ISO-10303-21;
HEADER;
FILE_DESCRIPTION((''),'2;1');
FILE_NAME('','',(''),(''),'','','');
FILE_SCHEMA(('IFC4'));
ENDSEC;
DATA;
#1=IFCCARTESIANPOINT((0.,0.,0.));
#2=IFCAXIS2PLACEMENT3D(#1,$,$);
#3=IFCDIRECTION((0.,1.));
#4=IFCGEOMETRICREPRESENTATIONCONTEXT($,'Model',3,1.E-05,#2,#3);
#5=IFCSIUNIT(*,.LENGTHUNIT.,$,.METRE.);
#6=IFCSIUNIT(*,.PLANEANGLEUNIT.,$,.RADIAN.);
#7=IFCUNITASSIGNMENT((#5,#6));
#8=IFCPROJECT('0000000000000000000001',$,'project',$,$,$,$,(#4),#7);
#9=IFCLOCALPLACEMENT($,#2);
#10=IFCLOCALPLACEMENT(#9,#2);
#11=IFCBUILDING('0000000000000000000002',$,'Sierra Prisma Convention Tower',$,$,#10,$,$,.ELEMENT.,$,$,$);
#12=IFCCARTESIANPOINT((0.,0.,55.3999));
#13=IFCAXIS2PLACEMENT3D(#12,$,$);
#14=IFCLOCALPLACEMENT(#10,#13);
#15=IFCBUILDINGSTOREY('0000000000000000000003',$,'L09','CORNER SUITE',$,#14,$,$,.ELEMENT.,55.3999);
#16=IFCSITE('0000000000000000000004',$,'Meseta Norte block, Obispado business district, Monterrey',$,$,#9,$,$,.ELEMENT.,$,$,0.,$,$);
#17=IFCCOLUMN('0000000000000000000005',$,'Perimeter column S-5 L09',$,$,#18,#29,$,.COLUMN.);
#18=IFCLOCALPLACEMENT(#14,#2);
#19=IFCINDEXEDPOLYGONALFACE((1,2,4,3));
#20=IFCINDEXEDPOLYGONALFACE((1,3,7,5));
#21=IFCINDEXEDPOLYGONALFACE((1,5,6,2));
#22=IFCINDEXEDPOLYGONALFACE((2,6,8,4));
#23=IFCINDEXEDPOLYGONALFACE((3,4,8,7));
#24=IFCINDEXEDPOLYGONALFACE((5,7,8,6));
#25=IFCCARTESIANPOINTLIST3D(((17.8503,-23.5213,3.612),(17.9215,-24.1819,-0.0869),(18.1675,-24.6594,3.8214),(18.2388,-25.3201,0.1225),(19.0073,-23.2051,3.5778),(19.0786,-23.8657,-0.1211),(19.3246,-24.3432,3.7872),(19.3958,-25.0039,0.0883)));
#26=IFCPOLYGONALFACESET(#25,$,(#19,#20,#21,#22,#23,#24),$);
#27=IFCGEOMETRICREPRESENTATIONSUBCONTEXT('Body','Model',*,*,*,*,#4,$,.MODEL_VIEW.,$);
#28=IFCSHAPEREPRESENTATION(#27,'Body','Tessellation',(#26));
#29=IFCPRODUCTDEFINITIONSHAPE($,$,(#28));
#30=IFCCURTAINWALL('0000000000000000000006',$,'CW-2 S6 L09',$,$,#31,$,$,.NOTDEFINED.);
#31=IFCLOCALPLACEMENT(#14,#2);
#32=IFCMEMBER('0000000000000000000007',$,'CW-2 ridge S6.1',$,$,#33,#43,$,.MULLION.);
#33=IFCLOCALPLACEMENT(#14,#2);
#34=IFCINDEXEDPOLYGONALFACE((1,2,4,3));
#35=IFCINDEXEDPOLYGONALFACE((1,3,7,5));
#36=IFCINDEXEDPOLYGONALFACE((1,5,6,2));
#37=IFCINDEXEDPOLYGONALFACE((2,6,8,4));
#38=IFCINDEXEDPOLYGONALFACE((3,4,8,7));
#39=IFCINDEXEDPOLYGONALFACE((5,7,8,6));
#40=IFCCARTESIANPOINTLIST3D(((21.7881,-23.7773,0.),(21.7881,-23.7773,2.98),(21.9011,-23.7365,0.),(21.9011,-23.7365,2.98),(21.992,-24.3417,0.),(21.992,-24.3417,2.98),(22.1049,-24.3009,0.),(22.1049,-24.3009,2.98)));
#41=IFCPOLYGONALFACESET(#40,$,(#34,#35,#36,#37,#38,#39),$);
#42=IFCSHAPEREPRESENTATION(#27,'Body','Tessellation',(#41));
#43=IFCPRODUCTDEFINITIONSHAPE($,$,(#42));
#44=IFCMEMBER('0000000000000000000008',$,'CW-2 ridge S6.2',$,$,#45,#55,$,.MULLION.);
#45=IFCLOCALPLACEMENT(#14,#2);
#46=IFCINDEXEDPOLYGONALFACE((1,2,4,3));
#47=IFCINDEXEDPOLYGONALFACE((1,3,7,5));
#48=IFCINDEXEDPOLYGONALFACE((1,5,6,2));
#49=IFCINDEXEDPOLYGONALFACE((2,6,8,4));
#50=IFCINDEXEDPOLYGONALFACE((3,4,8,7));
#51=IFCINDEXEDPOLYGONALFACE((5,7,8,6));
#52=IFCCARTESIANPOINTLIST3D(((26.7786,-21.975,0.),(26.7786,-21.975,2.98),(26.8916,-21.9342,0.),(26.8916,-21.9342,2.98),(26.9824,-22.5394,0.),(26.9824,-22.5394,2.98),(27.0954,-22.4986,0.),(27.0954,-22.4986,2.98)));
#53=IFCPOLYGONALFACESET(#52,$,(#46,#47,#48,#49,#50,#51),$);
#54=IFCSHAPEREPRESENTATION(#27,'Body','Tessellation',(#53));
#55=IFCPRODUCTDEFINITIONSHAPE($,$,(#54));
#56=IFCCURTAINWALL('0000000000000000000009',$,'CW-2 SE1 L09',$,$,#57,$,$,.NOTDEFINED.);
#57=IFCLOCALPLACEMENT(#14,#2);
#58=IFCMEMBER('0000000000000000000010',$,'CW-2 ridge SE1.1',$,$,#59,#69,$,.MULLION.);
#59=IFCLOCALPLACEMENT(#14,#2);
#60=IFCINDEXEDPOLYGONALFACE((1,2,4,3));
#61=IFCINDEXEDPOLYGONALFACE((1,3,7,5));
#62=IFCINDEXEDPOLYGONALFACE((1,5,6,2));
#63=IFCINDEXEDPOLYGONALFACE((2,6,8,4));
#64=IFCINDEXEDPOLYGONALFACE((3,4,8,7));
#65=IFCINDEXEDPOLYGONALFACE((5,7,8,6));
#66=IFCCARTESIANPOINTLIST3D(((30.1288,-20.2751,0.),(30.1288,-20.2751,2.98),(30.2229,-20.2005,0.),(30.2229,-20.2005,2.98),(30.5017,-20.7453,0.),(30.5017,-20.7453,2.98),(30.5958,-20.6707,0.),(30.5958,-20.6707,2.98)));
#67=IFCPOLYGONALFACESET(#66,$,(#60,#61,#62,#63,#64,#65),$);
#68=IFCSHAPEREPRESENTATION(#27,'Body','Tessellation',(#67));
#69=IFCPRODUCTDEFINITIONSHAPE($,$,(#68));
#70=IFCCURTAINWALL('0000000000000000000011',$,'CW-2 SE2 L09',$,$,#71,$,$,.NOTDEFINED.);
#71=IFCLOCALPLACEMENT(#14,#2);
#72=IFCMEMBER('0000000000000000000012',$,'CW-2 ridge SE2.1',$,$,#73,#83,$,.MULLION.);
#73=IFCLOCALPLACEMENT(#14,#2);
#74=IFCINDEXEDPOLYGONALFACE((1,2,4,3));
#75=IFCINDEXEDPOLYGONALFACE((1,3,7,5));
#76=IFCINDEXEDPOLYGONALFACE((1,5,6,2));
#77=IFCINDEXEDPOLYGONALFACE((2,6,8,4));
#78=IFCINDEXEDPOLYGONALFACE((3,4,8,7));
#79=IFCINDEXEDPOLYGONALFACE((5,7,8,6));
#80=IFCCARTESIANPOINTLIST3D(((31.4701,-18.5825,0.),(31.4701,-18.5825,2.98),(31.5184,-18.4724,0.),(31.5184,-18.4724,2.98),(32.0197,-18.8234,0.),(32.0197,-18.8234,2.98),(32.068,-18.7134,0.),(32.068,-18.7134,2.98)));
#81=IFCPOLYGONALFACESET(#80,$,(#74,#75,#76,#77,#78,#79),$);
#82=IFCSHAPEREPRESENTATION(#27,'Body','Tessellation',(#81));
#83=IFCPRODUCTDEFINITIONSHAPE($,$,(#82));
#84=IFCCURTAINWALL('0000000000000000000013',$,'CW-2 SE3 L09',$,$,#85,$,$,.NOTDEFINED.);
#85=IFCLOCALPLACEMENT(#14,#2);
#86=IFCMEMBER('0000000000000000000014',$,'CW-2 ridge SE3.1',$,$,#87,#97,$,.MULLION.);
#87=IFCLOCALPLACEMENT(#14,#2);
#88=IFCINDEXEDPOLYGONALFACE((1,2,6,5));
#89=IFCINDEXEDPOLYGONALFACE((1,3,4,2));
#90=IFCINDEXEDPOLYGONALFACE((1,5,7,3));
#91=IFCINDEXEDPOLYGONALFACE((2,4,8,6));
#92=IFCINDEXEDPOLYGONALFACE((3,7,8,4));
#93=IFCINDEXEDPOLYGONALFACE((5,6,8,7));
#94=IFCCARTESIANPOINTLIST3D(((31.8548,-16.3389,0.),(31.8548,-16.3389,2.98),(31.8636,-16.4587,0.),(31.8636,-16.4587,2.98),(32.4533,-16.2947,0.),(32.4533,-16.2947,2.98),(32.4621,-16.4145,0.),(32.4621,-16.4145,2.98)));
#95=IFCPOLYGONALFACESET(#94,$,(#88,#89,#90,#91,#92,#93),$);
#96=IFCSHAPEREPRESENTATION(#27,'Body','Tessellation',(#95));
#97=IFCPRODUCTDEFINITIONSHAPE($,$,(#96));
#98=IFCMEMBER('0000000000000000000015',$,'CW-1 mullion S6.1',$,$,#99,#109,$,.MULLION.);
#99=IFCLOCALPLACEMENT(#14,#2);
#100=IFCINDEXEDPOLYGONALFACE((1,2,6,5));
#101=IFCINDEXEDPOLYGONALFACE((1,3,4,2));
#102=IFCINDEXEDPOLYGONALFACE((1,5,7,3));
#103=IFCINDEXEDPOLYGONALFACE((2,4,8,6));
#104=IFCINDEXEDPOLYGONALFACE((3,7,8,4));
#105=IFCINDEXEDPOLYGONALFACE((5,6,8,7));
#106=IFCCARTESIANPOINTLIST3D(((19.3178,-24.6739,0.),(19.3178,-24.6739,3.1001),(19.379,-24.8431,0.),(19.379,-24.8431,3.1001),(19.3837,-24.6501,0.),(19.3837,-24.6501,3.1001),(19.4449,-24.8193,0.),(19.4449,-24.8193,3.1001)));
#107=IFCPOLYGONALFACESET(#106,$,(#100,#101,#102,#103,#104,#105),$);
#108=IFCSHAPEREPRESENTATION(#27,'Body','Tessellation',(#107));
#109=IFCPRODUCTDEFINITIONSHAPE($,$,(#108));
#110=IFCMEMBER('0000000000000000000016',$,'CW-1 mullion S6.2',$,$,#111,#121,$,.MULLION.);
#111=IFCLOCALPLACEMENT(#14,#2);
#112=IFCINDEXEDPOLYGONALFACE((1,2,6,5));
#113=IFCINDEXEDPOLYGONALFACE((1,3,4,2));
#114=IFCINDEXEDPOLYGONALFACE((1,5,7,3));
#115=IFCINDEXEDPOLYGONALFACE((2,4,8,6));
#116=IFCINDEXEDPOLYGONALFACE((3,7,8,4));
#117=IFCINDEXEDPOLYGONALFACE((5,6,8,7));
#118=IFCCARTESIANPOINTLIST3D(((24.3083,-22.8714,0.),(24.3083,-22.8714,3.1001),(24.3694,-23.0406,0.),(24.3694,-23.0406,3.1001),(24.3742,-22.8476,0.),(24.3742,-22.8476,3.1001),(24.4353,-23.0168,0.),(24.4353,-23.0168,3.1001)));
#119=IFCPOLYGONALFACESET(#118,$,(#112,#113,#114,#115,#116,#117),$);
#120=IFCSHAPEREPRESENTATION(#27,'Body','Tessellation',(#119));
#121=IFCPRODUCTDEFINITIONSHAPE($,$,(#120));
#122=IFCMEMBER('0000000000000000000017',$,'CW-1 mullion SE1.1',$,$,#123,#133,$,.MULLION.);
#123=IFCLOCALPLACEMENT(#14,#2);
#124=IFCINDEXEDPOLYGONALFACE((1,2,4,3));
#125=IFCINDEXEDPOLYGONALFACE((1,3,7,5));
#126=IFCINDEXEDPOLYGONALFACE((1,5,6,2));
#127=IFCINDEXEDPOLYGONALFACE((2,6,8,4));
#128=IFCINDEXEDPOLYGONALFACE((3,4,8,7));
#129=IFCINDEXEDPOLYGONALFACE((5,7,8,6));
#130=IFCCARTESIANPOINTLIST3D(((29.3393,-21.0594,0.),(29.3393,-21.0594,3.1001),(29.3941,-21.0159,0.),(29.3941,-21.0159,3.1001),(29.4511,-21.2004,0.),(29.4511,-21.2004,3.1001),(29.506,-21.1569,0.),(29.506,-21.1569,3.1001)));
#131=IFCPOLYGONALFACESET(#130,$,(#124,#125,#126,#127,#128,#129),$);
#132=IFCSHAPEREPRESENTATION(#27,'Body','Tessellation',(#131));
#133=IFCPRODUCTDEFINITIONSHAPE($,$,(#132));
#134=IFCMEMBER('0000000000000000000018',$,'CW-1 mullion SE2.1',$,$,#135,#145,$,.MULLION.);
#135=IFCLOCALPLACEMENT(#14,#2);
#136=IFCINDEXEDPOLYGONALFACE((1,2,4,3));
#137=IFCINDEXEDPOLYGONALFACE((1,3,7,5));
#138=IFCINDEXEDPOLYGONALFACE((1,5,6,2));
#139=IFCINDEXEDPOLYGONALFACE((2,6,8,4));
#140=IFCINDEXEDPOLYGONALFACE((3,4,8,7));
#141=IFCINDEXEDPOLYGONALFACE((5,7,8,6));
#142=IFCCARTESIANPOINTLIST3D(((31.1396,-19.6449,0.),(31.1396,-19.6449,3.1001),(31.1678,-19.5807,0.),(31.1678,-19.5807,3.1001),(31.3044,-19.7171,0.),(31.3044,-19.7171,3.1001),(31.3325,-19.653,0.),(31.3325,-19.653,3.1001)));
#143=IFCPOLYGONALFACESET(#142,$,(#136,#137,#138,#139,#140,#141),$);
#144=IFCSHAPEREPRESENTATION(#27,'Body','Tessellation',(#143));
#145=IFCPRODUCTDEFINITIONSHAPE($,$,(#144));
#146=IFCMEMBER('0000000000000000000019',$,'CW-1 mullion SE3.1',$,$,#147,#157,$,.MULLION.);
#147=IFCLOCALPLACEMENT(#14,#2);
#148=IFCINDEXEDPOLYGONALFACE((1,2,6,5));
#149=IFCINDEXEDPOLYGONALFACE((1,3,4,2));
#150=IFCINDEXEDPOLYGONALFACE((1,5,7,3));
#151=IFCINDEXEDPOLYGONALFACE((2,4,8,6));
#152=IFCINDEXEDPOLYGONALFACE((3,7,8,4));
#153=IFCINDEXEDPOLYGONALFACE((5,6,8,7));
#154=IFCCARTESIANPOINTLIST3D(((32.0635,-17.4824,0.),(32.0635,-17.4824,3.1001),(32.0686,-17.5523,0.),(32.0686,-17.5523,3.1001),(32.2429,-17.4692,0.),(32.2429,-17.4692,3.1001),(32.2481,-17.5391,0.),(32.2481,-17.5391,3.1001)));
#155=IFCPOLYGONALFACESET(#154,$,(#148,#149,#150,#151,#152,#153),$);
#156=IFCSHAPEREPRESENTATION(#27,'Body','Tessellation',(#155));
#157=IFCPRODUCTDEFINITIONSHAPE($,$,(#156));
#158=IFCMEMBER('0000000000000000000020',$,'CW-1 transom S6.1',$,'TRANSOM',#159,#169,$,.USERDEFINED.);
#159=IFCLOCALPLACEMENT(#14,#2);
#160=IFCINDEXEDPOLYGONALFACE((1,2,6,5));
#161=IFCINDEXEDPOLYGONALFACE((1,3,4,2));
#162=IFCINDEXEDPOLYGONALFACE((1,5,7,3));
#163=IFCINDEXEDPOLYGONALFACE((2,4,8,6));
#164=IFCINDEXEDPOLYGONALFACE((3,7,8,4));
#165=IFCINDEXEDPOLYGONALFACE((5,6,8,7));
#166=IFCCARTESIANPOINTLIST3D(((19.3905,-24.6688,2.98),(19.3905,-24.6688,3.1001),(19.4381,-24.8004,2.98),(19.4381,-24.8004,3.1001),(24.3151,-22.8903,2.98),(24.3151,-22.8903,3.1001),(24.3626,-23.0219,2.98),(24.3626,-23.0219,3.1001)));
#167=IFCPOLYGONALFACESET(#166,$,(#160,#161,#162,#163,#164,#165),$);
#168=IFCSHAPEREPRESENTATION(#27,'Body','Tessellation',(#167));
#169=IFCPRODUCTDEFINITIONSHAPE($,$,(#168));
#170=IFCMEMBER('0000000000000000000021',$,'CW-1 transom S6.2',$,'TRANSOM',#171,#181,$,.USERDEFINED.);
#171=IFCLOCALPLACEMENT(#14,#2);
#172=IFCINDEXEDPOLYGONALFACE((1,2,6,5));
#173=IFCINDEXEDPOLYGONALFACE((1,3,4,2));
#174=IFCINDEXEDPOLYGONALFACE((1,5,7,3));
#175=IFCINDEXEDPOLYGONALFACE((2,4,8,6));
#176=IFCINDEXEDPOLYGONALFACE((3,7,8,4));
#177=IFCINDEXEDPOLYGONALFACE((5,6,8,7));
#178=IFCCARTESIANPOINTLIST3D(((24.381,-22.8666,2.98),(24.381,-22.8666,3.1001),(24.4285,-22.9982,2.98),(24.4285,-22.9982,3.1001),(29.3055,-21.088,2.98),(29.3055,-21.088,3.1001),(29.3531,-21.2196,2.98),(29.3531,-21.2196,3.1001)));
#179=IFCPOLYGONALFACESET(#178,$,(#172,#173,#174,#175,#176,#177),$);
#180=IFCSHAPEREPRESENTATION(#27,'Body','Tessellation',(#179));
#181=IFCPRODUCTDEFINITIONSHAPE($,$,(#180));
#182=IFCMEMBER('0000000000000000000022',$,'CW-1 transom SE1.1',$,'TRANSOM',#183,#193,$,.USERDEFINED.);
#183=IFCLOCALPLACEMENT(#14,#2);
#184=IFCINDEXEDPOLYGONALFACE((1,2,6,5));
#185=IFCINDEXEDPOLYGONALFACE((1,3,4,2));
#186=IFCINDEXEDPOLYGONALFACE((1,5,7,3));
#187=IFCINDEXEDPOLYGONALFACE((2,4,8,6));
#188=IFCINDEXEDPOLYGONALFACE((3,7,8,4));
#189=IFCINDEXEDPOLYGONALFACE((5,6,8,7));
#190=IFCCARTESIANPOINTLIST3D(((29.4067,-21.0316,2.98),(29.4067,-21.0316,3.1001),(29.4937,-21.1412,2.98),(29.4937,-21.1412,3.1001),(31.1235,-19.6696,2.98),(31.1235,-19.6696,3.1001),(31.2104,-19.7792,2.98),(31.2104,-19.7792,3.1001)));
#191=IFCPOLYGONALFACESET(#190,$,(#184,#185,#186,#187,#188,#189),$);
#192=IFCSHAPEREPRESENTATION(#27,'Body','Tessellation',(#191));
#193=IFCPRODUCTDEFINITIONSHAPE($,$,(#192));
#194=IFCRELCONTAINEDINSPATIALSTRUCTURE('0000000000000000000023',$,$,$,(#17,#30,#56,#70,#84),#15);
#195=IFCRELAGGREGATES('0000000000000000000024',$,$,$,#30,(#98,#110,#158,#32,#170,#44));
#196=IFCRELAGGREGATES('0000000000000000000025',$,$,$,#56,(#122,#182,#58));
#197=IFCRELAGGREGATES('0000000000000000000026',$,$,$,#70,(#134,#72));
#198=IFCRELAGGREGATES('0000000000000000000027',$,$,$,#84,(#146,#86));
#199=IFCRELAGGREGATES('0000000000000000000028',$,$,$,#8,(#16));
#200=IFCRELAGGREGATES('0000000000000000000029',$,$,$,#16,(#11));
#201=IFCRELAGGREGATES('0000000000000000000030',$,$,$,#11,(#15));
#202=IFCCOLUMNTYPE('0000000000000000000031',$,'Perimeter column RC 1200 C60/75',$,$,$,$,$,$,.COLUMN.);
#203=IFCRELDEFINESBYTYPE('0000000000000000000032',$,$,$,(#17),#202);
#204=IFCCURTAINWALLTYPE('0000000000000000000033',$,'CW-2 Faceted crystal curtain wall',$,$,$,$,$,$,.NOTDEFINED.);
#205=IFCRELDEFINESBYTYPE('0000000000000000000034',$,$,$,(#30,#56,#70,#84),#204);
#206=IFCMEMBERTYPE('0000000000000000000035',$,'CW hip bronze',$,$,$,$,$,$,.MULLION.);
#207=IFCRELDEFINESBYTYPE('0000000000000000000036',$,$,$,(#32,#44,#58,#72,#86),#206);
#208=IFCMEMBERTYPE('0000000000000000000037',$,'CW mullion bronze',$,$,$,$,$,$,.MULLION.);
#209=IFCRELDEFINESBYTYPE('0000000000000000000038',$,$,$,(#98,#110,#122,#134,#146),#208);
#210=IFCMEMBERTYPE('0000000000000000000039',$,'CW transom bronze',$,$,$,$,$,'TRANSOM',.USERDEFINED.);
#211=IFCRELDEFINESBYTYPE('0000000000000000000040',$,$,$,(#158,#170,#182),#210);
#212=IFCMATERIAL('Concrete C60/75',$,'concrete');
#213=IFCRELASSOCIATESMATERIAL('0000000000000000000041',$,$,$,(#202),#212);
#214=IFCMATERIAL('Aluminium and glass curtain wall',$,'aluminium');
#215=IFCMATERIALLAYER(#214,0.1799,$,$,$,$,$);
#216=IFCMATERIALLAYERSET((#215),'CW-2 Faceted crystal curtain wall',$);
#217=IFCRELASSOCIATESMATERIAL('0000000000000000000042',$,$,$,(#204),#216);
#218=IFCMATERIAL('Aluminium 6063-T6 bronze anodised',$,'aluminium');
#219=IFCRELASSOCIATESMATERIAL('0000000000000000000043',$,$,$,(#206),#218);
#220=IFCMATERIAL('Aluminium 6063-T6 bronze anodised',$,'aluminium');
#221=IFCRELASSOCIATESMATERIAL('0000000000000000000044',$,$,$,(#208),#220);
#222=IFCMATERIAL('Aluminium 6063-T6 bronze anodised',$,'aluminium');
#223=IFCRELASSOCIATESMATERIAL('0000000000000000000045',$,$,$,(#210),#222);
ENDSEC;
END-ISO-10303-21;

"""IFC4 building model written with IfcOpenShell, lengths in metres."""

from ifc_helpers import new_model, si_unit, direction, frame, origin, origin_2d, place, context, subcontext, project, spatial, rectangle, extrude, clip, halfspace, material, layer, layer_set, material_profile, profile_set, type_object, element, aggregate, save


model = new_model("IFC4")

# Units and contexts
model_context = context("Model", 3, precision=1e-05, world=origin(), true_north=direction((0.0, 1.0)))
body_context = subcontext(model_context, "Body", "Model", "MODEL_VIEW")
ifc_project = project(units=[si_unit("LENGTHUNIT", "METRE"), si_unit("PLANEANGLEUNIT", "RADIAN")], contexts=[model_context])

# Site, building, storey
site_placement = place(None, origin())
site = spatial("IfcSite", under=ifc_project, at=site_placement, Name="Meseta Norte block, Obispado business district, Monterrey", CompositionType="ELEMENT", RefElevation=0.0)
building_placement = place(site_placement, origin())
building = spatial("IfcBuilding", under=site, at=building_placement, Name="Sierra Prisma Convention Tower", CompositionType="ELEMENT")
storey_placement = place(building_placement, frame((0.0, 0.0, 55.3999)))
storey = spatial("IfcBuildingStorey", under=building, at=storey_placement, Name="L09", Description="CORNER SUITE", CompositionType="ELEMENT", Elevation=55.3999)

# Column
ifc_material_1 = material(Name="Concrete C60/75", Category="concrete")
ifc_material_profile_1 = material_profile(ifc_material_1, rectangle(XDim=1.2, YDim=1.2, at=origin_2d()), Name="Perimeter column RC 1200 C60/75")
ifc_profile_set_1 = profile_set([ifc_material_profile_1], Name="Concrete C60/75")
column_type = type_object("IfcColumnType", Name="Perimeter column RC 1200 C60/75", PredefinedType="COLUMN", material=ifc_profile_set_1)
column_placement = place(storey_placement, frame((18.6587, -24.593, 0.0), z_axis=(-0.018963, 0.175795, 0.984244), x_axis=(0.964231, 0.263526, -0.028491)))
element("IfcColumn", 1, at=column_placement, inside=storey, type_object=column_type, Name="Perimeter column S-5 L09", PredefinedType="COLUMN", context=body_context, shape_type="SweptSolid", body=[
    clip(clip(extrude(rectangle(XDim=1.2, YDim=1.2, at=origin_2d()), origin(), (0.0, 0.0, 1.0), 3.7595), halfspace(frame((0.0, 0.0, 0.0007)), True)), halfspace(frame((0.0, 0.0, 3.7588)), False)),
])

# Curtain wall, members
ifc_material_2 = material(Name="Aluminium and glass curtain wall", Category="aluminium")
ifc_layer_1 = layer(ifc_material_2, 0.1799)
ifc_layer_set_1 = layer_set([ifc_layer_1], Name="CW-2 Faceted crystal curtain wall")
curtain_wall_type = type_object("IfcCurtainWallType", Name="CW-2 Faceted crystal curtain wall", PredefinedType="NOTDEFINED", material=ifc_layer_set_1)
curtain_wall_1_placement = place(storey_placement, origin())
curtain_wall_1 = element("IfcCurtainWall", 2, at=curtain_wall_1_placement, inside=storey, type_object=curtain_wall_type, Name="CW-2 S6 L09", PredefinedType="NOTDEFINED")
ifc_material_3 = material(Name="Aluminium 6063-T6 bronze anodised", Category="aluminium")
ifc_material_profile_2 = material_profile(ifc_material_3, rectangle(XDim=0.1201, YDim=0.6001, at=origin_2d()), Name="ALU RIDGE BLADE 120x600")
ifc_profile_set_2 = profile_set([ifc_material_profile_2], Name="Aluminium 6063-T6 bronze anodised")
member_type_1 = type_object("IfcMemberType", Name="CW hip bronze", PredefinedType="MULLION", material=ifc_profile_set_2)
member_1_placement = place(storey_placement, frame((21.9465, -24.0391, 0.0), z_axis=(0.0, 0.0, 1.0), x_axis=(0.940538, 0.339689, 0.0)))
member_1 = element("IfcMember", 3, at=member_1_placement, type_object=member_type_1, Name="CW-2 ridge S6.1", PredefinedType="MULLION", context=body_context, shape_type="SweptSolid", body=[
    extrude(rectangle(XDim=0.1201, YDim=0.6001, at=origin_2d()), origin(), (0.0, 0.0, 1.0), 2.98),
])
member_2_placement = place(storey_placement, frame((26.937, -22.2368, 0.0), z_axis=(0.0, 0.0, 1.0), x_axis=(0.940538, 0.339689, 0.0)))
member_2 = element("IfcMember", 4, at=member_2_placement, type_object=member_type_1, Name="CW-2 ridge S6.2", PredefinedType="MULLION", context=body_context, shape_type="SweptSolid", body=[
    extrude(rectangle(XDim=0.1201, YDim=0.6001, at=origin_2d()), origin(), (0.0, 0.0, 1.0), 2.98),
])

# Curtain walls, members
curtain_wall_2_placement = place(storey_placement, origin())
curtain_wall_2 = element("IfcCurtainWall", 5, at=curtain_wall_2_placement, inside=storey, type_object=curtain_wall_type, Name="CW-2 SE1 L09", PredefinedType="NOTDEFINED")
member_3_placement = place(storey_placement, frame((30.3623, -20.4729, 0.0), z_axis=(0.0, 0.0, 1.0), x_axis=(0.783459, 0.621444, 0.0)))
member_3 = element("IfcMember", 6, at=member_3_placement, type_object=member_type_1, Name="CW-2 ridge SE1.1", PredefinedType="MULLION", context=body_context, shape_type="SweptSolid", body=[
    extrude(rectangle(XDim=0.1201, YDim=0.6001, at=origin_2d()), origin(), (0.0, 0.0, 1.0), 2.98),
])
curtain_wall_3_placement = place(storey_placement, origin())
curtain_wall_3 = element("IfcCurtainWall", 7, at=curtain_wall_3_placement, inside=storey, type_object=curtain_wall_type, Name="CW-2 SE2 L09", PredefinedType="NOTDEFINED")
member_4_placement = place(storey_placement, frame((31.769, -18.6479, 0.0), z_axis=(0.0, 0.0, 1.0), x_axis=(0.401593, 0.915818, 0.0)))
member_4 = element("IfcMember", 8, at=member_4_placement, type_object=member_type_1, Name="CW-2 ridge SE2.1", PredefinedType="MULLION", context=body_context, shape_type="SweptSolid", body=[
    extrude(rectangle(XDim=0.1201, YDim=0.6001, at=origin_2d()), origin(), (0.0, 0.0, 1.0), 2.98),
])
curtain_wall_4_placement = place(storey_placement, origin())
curtain_wall_4 = element("IfcCurtainWall", 9, at=curtain_wall_4_placement, inside=storey, type_object=curtain_wall_type, Name="CW-2 SE3 L09", PredefinedType="NOTDEFINED")
member_5_placement = place(storey_placement, frame((32.1584, -16.3767, 0.0), z_axis=(0.0, 0.0, 1.0), x_axis=(-0.073634, 0.997285, 0.0)))
member_5 = element("IfcMember", 10, at=member_5_placement, type_object=member_type_1, Name="CW-2 ridge SE3.1", PredefinedType="MULLION", context=body_context, shape_type="SweptSolid", body=[
    extrude(rectangle(XDim=0.1201, YDim=0.6001, at=origin_2d()), origin(), (0.0, 0.0, 1.0), 2.98),
])

# Members
ifc_material_4 = material(Name="Aluminium 6063-T6 bronze anodised", Category="aluminium")
ifc_material_profile_3 = material_profile(ifc_material_4, rectangle(XDim=0.1799, YDim=0.0701, at=origin_2d()), Name="ALU MULLION 70x180")
ifc_profile_set_3 = profile_set([ifc_material_profile_3], Name="Aluminium 6063-T6 bronze anodised")
member_type_2 = type_object("IfcMemberType", Name="CW mullion bronze", PredefinedType="MULLION", material=ifc_profile_set_3)
member_6_placement = place(storey_placement, frame((19.3813, -24.7466, 0.0), z_axis=(0.0, 0.0, 1.0), x_axis=(-0.339689, 0.940538, 0.0)))
member_6 = element("IfcMember", 11, at=member_6_placement, type_object=member_type_2, Name="CW-1 mullion S6.1", PredefinedType="MULLION", context=body_context, shape_type="SweptSolid", body=[
    extrude(rectangle(XDim=0.1799, YDim=0.0701, at=origin_2d()), origin(), (0.0, 0.0, 1.0), 3.1001),
])
member_7_placement = place(storey_placement, frame((24.3718, -22.9441, 0.0), z_axis=(0.0, 0.0, 1.0), x_axis=(-0.339689, 0.940538, 0.0)))
member_7 = element("IfcMember", 12, at=member_7_placement, type_object=member_type_2, Name="CW-1 mullion S6.2", PredefinedType="MULLION", context=body_context, shape_type="SweptSolid", body=[
    extrude(rectangle(XDim=0.1799, YDim=0.0701, at=origin_2d()), origin(), (0.0, 0.0, 1.0), 3.1001),
])
member_8_placement = place(storey_placement, frame((29.4226, -21.1082, 0.0), z_axis=(0.0, 0.0, 1.0), x_axis=(-0.621444, 0.783459, 0.0)))
member_8 = element("IfcMember", 13, at=member_8_placement, type_object=member_type_2, Name="CW-1 mullion SE1.1", PredefinedType="MULLION", context=body_context, shape_type="SweptSolid", body=[
    extrude(rectangle(XDim=0.1799, YDim=0.0701, at=origin_2d()), origin(), (0.0, 0.0, 1.0), 3.1001),
])
member_9_placement = place(storey_placement, frame((31.2361, -19.6489, 0.0), z_axis=(0.0, 0.0, 1.0), x_axis=(-0.915818, 0.401593, 0.0)))
member_9 = element("IfcMember", 14, at=member_9_placement, type_object=member_type_2, Name="CW-1 mullion SE2.1", PredefinedType="MULLION", context=body_context, shape_type="SweptSolid", body=[
    extrude(rectangle(XDim=0.1799, YDim=0.0701, at=origin_2d()), origin(), (0.0, 0.0, 1.0), 3.1001),
])
member_10_placement = place(storey_placement, frame((32.1558, -17.5107, 0.0), z_axis=(0.0, 0.0, 1.0), x_axis=(-0.997285, -0.073634, 0.0)))
member_10 = element("IfcMember", 15, at=member_10_placement, type_object=member_type_2, Name="CW-1 mullion SE3.1", PredefinedType="MULLION", context=body_context, shape_type="SweptSolid", body=[
    extrude(rectangle(XDim=0.1799, YDim=0.0701, at=origin_2d()), origin(), (0.0, 0.0, 1.0), 3.1001),
])
ifc_material_5 = material(Name="Aluminium 6063-T6 bronze anodised", Category="aluminium")
ifc_material_profile_4 = material_profile(ifc_material_5, rectangle(XDim=0.1399, YDim=0.1201, at=origin_2d()), Name="ALU TRANSOM 120x140")
ifc_profile_set_4 = profile_set([ifc_material_profile_4], Name="Aluminium 6063-T6 bronze anodised")
member_type_3 = type_object("IfcMemberType", Name="CW transom bronze", ElementType="TRANSOM", PredefinedType="USERDEFINED", material=ifc_profile_set_4)
member_11_placement = place(storey_placement, frame((19.4143, -24.7346, 3.04), z_axis=(0.940539, 0.339687, 0.0), x_axis=(-0.339687, 0.940539, 0.0)))
member_11 = element("IfcMember", 16, at=member_11_placement, type_object=member_type_3, Name="CW-1 transom S6.1", ObjectType="TRANSOM", PredefinedType="USERDEFINED", context=body_context, shape_type="SweptSolid", body=[
    extrude(rectangle(XDim=0.1399, YDim=0.1201, at=origin_2d()), origin(), (0.0, 0.0, 1.0), 5.2358),
])
member_12_placement = place(storey_placement, frame((24.4048, -22.9324, 3.04), z_axis=(0.940539, 0.339687, 0.0), x_axis=(-0.339687, 0.940539, 0.0)))
member_12 = element("IfcMember", 17, at=member_12_placement, type_object=member_type_3, Name="CW-1 transom S6.2", ObjectType="TRANSOM", PredefinedType="USERDEFINED", context=body_context, shape_type="SweptSolid", body=[
    extrude(rectangle(XDim=0.1399, YDim=0.1201, at=origin_2d()), origin(), (0.0, 0.0, 1.0), 5.2358),
])
member_13_placement = place(storey_placement, frame((29.4502, -21.0864, 3.04), z_axis=(0.783395, 0.621524, 0.0), x_axis=(-0.621524, 0.783395, 0.0)))
member_13 = element("IfcMember", 18, at=member_13_placement, type_object=member_type_3, Name="CW-1 transom SE1.1", ObjectType="TRANSOM", PredefinedType="USERDEFINED", context=body_context, shape_type="SweptSolid", body=[
    extrude(rectangle(XDim=0.1399, YDim=0.1201, at=origin_2d()), origin(), (0.0, 0.0, 1.0), 2.1914),
])

aggregate(curtain_wall_1, [member_6, member_7, member_11, member_1, member_12, member_2])
aggregate(curtain_wall_2, [member_8, member_13, member_3])
aggregate(curtain_wall_3, [member_9, member_4])
aggregate(curtain_wall_4, [member_10, member_5])

save(model, "model.ifc")
